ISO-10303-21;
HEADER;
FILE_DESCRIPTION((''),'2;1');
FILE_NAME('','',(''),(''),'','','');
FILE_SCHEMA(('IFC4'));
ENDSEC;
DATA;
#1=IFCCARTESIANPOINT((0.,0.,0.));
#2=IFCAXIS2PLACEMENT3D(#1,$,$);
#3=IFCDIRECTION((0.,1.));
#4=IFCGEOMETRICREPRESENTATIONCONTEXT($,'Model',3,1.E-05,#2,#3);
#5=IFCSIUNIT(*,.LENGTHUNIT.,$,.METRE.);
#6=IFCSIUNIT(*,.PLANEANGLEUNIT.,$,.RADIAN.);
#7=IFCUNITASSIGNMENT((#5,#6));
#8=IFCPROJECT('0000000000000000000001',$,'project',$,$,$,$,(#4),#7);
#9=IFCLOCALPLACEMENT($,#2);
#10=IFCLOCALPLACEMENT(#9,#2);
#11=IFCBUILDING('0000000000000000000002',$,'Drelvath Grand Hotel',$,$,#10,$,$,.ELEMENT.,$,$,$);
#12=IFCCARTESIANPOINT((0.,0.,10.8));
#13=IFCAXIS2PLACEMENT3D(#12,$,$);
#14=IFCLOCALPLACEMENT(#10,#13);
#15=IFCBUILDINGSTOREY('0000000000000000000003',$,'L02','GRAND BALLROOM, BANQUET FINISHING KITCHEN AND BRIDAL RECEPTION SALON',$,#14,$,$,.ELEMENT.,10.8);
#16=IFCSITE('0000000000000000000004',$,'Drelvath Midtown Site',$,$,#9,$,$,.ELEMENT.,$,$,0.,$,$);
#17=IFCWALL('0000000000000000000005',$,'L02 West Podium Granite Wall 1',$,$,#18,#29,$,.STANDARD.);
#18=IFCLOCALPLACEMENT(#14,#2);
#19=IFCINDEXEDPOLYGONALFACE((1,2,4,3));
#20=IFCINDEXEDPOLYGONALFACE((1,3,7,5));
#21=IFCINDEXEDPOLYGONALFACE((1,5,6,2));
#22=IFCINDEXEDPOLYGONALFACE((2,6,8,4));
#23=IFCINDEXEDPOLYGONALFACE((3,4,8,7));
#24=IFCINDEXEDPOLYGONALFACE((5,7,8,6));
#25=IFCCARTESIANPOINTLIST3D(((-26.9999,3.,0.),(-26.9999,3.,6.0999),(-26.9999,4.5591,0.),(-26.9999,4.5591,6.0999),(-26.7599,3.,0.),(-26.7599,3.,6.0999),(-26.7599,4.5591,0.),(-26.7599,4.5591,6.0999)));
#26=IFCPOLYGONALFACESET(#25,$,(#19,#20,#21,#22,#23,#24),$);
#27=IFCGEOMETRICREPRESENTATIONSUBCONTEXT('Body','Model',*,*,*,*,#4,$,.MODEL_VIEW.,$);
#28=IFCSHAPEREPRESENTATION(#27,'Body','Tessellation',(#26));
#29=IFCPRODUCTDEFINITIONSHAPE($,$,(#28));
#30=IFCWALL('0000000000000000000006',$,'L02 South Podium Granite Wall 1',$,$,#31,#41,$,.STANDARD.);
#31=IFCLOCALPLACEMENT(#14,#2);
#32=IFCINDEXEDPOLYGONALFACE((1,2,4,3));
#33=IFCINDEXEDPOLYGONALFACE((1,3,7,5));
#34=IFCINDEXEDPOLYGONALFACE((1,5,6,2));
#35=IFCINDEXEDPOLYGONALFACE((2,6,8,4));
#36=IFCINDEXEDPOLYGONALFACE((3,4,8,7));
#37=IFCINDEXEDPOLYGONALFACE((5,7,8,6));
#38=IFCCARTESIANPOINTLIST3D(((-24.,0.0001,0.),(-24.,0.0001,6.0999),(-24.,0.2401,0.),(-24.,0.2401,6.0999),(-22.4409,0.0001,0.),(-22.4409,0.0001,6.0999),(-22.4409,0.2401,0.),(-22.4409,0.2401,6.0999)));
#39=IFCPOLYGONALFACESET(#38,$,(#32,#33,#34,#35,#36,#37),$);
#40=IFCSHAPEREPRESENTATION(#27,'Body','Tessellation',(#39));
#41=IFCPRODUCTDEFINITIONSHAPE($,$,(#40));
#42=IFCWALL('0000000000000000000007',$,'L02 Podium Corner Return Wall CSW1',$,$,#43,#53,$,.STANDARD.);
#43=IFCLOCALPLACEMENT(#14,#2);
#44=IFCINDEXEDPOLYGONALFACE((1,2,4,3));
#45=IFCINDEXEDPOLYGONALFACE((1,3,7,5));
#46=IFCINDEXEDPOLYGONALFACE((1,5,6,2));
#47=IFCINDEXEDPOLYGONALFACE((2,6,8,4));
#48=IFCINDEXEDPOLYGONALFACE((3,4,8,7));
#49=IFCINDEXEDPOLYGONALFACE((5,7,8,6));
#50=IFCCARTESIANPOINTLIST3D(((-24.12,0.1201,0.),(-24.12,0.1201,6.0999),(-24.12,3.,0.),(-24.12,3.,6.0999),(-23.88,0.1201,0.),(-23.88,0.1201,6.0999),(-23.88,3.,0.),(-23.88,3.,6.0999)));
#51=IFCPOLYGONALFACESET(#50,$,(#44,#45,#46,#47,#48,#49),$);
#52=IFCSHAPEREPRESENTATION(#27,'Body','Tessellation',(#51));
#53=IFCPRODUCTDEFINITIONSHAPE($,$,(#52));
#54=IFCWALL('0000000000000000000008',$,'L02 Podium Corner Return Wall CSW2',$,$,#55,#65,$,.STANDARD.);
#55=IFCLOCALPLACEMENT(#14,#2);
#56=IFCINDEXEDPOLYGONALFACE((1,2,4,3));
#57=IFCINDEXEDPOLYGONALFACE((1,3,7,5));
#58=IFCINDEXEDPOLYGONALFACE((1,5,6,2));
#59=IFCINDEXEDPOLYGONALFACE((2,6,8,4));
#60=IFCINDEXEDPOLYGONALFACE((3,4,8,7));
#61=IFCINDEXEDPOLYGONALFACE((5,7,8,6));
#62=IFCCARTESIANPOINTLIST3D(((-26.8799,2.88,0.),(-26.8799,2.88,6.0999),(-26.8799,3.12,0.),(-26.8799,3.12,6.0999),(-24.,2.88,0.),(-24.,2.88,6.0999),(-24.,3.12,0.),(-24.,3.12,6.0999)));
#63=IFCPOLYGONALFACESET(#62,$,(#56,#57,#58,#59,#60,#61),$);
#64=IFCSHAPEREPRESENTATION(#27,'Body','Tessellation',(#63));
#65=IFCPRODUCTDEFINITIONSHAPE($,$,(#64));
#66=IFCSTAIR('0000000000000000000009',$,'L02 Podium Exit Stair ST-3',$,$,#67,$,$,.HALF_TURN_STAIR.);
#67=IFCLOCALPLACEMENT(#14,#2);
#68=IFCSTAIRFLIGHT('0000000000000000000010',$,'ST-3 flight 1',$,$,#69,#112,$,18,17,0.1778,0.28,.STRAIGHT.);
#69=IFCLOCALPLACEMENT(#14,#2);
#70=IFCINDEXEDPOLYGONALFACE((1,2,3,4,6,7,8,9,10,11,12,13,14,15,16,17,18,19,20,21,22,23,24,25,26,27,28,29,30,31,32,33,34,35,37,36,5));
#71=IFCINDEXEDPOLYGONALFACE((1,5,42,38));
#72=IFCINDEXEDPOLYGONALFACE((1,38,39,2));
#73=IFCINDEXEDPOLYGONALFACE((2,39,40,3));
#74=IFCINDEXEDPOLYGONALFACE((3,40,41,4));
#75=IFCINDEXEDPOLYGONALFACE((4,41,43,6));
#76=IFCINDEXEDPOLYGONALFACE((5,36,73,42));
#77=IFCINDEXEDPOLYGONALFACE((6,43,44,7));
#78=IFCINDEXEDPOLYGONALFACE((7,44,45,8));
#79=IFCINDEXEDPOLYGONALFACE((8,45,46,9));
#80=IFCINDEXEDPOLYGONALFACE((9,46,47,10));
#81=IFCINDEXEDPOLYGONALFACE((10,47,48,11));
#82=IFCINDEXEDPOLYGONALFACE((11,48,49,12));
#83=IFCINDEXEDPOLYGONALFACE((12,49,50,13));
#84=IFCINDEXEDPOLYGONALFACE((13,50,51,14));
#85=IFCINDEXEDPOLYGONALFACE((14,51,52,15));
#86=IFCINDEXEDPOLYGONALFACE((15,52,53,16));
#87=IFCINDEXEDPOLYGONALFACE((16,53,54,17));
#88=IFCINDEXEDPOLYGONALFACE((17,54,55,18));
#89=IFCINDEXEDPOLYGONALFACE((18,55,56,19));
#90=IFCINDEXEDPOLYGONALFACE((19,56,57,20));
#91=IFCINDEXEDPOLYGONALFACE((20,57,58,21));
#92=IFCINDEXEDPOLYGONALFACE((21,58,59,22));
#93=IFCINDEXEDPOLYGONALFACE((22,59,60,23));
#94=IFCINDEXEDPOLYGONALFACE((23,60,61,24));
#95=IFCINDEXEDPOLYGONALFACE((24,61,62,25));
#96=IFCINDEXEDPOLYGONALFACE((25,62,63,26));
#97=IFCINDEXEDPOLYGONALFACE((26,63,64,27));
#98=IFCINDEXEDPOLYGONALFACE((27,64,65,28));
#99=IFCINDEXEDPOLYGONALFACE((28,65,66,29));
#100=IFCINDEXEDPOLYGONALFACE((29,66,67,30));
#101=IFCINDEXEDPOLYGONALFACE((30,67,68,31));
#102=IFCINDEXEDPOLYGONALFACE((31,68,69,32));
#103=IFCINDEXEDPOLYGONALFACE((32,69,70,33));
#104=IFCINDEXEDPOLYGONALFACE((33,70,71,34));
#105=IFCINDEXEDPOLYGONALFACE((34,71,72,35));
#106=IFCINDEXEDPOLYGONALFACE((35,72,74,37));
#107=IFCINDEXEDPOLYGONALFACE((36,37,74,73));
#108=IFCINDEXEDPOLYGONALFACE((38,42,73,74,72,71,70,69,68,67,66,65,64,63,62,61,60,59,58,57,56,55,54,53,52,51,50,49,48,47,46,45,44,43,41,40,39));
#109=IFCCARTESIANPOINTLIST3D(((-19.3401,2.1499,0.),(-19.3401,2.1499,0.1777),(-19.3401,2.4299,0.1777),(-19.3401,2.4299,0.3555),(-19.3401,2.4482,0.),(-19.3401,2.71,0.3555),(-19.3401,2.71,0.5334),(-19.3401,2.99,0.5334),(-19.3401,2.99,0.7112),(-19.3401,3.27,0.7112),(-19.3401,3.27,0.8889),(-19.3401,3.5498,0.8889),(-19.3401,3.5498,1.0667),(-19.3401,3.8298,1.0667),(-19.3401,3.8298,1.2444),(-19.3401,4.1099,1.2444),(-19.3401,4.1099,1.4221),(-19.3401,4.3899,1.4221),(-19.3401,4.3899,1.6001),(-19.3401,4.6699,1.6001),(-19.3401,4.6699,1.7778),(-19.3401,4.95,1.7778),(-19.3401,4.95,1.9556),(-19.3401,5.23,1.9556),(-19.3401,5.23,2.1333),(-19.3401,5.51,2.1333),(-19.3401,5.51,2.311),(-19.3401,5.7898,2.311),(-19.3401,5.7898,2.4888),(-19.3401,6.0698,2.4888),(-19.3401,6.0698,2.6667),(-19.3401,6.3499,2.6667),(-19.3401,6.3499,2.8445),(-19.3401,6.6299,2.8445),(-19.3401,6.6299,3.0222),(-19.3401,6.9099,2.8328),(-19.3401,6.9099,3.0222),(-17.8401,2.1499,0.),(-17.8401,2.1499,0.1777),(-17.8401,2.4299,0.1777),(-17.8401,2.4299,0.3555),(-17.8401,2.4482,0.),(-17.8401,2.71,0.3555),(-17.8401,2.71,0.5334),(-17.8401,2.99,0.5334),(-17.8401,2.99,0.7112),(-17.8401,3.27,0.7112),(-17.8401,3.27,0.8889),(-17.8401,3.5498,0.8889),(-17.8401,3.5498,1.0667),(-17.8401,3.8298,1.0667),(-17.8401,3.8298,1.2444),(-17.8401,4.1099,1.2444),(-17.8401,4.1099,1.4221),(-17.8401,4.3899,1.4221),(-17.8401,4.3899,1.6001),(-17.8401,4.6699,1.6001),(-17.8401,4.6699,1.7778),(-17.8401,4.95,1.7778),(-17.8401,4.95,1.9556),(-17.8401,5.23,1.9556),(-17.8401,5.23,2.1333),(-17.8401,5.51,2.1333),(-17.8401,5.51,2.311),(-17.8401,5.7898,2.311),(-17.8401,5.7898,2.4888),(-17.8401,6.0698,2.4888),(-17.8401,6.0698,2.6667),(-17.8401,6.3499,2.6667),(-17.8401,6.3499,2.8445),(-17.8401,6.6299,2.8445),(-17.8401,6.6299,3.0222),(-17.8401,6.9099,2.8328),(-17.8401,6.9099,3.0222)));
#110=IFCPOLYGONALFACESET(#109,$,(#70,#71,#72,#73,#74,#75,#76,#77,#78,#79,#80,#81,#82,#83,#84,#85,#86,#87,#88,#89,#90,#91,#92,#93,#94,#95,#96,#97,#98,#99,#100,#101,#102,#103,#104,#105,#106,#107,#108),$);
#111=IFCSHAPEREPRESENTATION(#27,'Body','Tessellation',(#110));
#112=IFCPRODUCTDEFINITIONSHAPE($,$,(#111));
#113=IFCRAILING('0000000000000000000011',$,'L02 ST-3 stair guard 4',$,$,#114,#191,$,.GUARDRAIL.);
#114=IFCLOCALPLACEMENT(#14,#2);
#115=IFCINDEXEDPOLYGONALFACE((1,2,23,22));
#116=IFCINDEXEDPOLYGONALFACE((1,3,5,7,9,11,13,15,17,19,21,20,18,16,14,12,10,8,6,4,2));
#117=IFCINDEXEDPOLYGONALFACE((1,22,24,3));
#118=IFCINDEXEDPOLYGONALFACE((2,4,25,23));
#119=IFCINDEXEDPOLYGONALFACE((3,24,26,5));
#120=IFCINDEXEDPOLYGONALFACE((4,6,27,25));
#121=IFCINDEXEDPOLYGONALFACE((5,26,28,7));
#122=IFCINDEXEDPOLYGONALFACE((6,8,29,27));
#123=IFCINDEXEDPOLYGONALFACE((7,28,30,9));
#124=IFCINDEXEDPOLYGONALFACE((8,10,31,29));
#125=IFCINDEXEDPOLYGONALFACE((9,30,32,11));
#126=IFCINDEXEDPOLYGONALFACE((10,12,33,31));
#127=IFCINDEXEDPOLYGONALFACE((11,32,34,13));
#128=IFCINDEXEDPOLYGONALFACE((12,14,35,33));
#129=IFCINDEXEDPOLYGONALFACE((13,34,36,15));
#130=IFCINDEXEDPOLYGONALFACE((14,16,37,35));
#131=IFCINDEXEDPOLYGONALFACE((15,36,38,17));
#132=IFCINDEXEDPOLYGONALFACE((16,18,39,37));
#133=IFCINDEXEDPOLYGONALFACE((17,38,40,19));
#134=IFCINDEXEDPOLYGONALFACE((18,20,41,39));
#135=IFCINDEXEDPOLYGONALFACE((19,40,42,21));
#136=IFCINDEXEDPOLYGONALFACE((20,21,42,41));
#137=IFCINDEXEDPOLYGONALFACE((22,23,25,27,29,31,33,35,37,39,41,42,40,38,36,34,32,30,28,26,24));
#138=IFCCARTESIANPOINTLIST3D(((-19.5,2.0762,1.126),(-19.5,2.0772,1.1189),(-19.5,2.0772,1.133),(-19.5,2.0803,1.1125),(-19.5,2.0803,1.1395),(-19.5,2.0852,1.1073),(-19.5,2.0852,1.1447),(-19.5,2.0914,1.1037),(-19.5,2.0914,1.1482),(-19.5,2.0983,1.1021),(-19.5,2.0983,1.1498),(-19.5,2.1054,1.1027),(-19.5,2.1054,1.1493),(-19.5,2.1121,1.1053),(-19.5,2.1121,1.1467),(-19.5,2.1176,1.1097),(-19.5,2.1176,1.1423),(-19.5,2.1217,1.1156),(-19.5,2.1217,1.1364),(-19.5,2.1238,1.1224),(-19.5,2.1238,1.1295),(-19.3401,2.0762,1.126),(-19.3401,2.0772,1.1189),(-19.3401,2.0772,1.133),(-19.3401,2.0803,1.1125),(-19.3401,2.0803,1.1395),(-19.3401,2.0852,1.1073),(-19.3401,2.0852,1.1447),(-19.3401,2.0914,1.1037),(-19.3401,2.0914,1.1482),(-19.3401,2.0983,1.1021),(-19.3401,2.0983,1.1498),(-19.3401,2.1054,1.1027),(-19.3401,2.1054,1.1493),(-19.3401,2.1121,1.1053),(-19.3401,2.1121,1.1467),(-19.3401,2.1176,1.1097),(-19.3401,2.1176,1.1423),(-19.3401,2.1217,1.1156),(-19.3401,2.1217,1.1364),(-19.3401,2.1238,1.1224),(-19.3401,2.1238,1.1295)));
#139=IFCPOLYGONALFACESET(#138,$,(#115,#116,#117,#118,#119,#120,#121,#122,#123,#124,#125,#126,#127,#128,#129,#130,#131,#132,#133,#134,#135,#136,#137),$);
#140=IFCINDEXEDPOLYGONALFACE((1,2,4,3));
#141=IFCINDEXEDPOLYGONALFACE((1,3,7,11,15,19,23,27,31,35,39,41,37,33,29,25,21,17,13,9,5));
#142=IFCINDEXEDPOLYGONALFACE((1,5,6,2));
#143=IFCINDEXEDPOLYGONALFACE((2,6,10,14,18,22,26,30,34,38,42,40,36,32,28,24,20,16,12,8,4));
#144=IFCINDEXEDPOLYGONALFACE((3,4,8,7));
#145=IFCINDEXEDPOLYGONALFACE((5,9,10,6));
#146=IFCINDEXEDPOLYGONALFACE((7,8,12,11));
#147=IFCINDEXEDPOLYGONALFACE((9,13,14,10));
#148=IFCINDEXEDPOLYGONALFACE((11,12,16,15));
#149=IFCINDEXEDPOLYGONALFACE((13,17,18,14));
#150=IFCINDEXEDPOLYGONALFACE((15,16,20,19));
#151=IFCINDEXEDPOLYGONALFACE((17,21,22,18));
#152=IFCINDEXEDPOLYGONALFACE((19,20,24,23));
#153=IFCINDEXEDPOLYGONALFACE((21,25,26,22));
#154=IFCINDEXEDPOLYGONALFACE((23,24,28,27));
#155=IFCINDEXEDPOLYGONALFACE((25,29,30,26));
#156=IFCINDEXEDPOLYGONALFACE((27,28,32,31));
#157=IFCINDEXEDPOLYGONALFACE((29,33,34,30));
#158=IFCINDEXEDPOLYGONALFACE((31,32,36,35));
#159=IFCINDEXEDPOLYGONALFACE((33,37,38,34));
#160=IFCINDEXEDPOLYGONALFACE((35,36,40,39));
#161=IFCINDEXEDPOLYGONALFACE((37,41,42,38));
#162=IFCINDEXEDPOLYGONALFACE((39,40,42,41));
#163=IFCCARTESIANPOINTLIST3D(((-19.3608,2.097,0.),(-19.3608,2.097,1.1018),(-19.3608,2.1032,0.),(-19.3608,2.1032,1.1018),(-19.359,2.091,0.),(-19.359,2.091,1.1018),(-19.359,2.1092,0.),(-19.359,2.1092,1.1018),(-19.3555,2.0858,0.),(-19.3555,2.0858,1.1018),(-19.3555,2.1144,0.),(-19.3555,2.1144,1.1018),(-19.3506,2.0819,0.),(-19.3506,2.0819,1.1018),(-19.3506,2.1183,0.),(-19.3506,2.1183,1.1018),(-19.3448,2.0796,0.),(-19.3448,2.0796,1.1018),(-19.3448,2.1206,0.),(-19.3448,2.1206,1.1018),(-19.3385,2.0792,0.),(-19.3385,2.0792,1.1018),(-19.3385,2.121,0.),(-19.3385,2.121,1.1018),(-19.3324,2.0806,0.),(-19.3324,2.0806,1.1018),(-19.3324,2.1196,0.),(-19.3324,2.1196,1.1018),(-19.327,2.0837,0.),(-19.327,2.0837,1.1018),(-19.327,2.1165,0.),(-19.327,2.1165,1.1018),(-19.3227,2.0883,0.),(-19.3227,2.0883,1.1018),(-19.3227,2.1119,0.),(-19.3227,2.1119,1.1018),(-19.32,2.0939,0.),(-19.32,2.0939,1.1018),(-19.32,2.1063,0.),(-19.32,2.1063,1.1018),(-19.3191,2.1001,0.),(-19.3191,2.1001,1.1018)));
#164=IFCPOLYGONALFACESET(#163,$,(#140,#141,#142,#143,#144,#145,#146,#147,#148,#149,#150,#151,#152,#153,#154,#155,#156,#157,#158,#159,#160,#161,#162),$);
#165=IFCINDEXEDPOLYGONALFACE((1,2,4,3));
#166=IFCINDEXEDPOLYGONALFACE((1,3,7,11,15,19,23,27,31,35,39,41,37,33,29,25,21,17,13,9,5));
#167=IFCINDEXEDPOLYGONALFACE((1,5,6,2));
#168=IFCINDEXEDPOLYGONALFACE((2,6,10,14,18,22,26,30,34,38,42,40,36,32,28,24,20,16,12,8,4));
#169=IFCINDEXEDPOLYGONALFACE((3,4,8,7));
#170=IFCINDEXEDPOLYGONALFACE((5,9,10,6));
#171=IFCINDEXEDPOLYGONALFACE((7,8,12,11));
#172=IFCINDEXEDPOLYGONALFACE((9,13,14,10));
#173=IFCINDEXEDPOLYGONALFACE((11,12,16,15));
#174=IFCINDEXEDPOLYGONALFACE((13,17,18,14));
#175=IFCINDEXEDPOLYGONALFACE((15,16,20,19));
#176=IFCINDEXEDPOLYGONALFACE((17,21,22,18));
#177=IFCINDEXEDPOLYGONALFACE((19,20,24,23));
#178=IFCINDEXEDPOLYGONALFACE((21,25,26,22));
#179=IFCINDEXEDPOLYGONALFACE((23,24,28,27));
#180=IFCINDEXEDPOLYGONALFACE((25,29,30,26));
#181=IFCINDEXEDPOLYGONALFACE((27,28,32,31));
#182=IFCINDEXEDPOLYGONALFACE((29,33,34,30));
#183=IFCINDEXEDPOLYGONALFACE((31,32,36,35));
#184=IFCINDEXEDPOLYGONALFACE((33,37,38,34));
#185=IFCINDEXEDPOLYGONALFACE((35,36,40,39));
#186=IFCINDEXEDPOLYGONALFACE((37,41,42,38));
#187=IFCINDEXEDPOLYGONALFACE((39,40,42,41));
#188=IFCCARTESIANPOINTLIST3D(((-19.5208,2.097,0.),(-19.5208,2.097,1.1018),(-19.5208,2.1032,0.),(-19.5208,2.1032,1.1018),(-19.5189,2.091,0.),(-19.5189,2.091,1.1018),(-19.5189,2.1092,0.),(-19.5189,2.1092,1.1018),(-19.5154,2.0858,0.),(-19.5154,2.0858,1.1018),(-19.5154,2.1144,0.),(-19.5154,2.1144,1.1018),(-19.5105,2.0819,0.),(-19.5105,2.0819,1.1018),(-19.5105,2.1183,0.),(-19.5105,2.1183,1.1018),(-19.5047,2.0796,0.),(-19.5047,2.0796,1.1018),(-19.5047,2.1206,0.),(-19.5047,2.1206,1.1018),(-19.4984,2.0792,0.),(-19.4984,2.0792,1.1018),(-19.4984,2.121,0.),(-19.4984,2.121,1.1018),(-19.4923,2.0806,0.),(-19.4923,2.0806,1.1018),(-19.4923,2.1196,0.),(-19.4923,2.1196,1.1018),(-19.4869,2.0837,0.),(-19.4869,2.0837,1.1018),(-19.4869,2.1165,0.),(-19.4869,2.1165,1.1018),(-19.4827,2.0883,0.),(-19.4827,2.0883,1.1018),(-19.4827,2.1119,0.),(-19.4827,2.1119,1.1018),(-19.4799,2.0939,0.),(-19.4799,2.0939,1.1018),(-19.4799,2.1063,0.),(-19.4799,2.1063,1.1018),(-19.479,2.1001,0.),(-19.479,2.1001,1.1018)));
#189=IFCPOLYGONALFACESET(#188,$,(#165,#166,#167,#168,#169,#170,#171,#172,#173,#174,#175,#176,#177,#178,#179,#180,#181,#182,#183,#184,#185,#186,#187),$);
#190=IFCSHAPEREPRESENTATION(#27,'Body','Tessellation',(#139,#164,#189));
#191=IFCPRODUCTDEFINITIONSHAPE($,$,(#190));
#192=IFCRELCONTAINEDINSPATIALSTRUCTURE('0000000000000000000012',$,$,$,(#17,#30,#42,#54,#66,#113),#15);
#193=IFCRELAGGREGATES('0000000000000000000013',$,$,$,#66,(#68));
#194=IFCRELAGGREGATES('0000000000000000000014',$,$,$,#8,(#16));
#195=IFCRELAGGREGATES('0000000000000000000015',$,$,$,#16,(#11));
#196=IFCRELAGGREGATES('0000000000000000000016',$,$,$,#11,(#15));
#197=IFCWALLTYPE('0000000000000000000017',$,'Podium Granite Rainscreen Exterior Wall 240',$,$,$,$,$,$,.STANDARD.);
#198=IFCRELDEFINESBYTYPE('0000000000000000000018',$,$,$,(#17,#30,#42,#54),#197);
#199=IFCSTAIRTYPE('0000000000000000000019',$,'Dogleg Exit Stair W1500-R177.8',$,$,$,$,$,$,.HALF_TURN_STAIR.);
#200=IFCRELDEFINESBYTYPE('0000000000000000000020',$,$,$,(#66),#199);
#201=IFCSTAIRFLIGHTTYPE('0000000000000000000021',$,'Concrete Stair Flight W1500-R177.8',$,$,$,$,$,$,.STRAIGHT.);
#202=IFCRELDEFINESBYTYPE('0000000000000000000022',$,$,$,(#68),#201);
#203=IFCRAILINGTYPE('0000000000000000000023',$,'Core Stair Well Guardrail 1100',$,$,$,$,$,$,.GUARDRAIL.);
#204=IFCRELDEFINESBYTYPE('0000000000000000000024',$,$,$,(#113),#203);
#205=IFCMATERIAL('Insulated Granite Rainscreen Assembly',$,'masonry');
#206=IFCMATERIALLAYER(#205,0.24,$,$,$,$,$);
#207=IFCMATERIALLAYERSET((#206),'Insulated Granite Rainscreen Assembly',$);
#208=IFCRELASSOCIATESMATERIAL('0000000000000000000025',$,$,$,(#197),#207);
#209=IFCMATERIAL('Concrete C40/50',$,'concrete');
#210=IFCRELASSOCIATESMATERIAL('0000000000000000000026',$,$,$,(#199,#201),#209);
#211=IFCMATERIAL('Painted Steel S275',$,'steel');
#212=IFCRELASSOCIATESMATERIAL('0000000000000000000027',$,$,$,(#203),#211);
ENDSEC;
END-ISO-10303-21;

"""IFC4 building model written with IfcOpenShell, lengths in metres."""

from ifc_helpers import new_model, si_unit, direction, frame, frame_2d, origin, origin_2d, place, context, subcontext, project, spatial, polyline, rectangle, circle, outline, extrude, material, layer, layer_set, type_object, element, aggregate, save


model = new_model("IFC4")

# Units and contexts
model_context = context("Model", 3, precision=1e-05, world=origin(), true_north=direction((0.0, 1.0)))
body_context = subcontext(model_context, "Body", "Model", "MODEL_VIEW")
ifc_project = project(units=[si_unit("LENGTHUNIT", "METRE"), si_unit("PLANEANGLEUNIT", "RADIAN")], contexts=[model_context])

# Site, building, storey
site_placement = place(None, origin())
site = spatial("IfcSite", under=ifc_project, at=site_placement, Name="Drelvath Midtown Site", CompositionType="ELEMENT", RefElevation=0.0)
building_placement = place(site_placement, origin())
building = spatial("IfcBuilding", under=site, at=building_placement, Name="Drelvath Grand Hotel", CompositionType="ELEMENT")
storey_placement = place(building_placement, frame((0.0, 0.0, 10.8)))
storey = spatial("IfcBuildingStorey", under=building, at=storey_placement, Name="L02", Description="GRAND BALLROOM, BANQUET FINISHING KITCHEN AND BRIDAL RECEPTION SALON", CompositionType="ELEMENT", Elevation=10.8)

# Shared definitions
ifc_material_1 = material(Name="Concrete C40/50", Category="concrete")
ifc_material_2 = material(Name="Painted Steel S275", Category="steel")

# Walls
ifc_material_3 = material(Name="Insulated Granite Rainscreen Assembly", Category="masonry")
ifc_layer_1 = layer(ifc_material_3, 0.24)
ifc_layer_set_1 = layer_set([ifc_layer_1], Name="Insulated Granite Rainscreen Assembly")
wall_type_1 = type_object("IfcWallType", Name="Podium Granite Rainscreen Exterior Wall 240", PredefinedType="STANDARD", material=ifc_layer_set_1)
for number, where, z_axis, x_axis, name in (
    (1, (-26.8799, 3.0, 0.0), (0.0, 0.0, 1.0), (0.0, 1.0, 0.0), "L02 West Podium Granite Wall 1"),
    (2, (-22.4409, 0.1201, 0.0), (0.0, 0.0, 1.0), (-1.0, 0.0, 0.0), "L02 South Podium Granite Wall 1"),
):
    element("IfcWall", number, at=place(storey_placement, frame(where, z_axis=z_axis, x_axis=x_axis)), inside=storey, type_object=wall_type_1, Name=name, PredefinedType="STANDARD", context=body_context, shape_type="SweptSolid", body=[
        extrude(rectangle(XDim=1.5591, YDim=0.24, at=frame_2d((0.7795, 0.0))), origin(), (0.0, 0.0, 1.0), 6.0999),
    ])
for number, where, z_axis, x_axis, name in (
    (3, (-24.0, 0.1201, 0.0), (0.0, 0.0, 1.0), (0.0, 1.0, 0.0), "L02 Podium Corner Return Wall CSW1"),
    (4, (-24.0, 3.0, 0.0), (0.0, 0.0, 1.0), (-1.0, 0.0, 0.0), "L02 Podium Corner Return Wall CSW2"),
):
    element("IfcWall", number, at=place(storey_placement, frame(where, z_axis=z_axis, x_axis=x_axis)), inside=storey, type_object=wall_type_1, Name=name, PredefinedType="STANDARD", context=body_context, shape_type="SweptSolid", body=[
        extrude(rectangle(XDim=2.8799, YDim=0.24, at=frame_2d((1.4399, 0.0))), origin(), (0.0, 0.0, 1.0), 6.0999),
    ])

# Stair, stair flight
stair_type = type_object("IfcStairType", Name="Dogleg Exit Stair W1500-R177.8", PredefinedType="HALF_TURN_STAIR", material=ifc_material_1)
stair_placement = place(storey_placement, origin())
stair = element("IfcStair", 5, at=stair_placement, inside=storey, type_object=stair_type, Name="L02 Podium Exit Stair ST-3", PredefinedType="HALF_TURN_STAIR")
stair_flight_type = type_object("IfcStairFlightType", Name="Concrete Stair Flight W1500-R177.8", PredefinedType="STRAIGHT", material=ifc_material_1)
stair_flight_placement = place(storey_placement, frame((-18.5901, 2.1499, 0.0), z_axis=(0.0, 0.0, 1.0), x_axis=(0.0, 1.0, 0.0)))
stair_flight = element("IfcStairFlight", 6, at=stair_flight_placement, type_object=stair_flight_type, Name="ST-3 flight 1", NumberOfRisers=18, NumberOfTreads=17, PredefinedType="STRAIGHT", RiserHeight=0.1778, TreadLength=0.28, context=body_context, shape_type="SweptSolid", body=[
    extrude(outline(polyline([(0.0, 0.0), (0.0, 0.1777), (0.28, 0.1777), (0.28, 0.3555), (0.5601, 0.3555), (0.5601, 0.5334), (0.8401, 0.5334), (0.8401, 0.7112), (1.1201, 0.7112), (1.1201, 0.8889), (1.3999, 0.8889), (1.3999, 1.0667), (1.6799, 1.0667), (1.6799, 1.2444), (1.96, 1.2444), (1.96, 1.4221), (2.24, 1.4221), (2.24, 1.6001), (2.52, 1.6001), (2.52, 1.7778), (2.8, 1.7778), (2.8, 1.9556), (3.0801, 1.9556), (3.0801, 2.1333), (3.3601, 2.1333), (3.3601, 2.311), (3.6399, 2.311), (3.6399, 2.4888), (3.9199, 2.4888), (3.9199, 2.6667), (4.2, 2.6667), (4.2, 2.8445), (4.48, 2.8445), (4.48, 3.0222), (4.76, 3.0222), (4.76, 3.2), (4.76, 2.8328), (0.2983, 0.0), (0.0, 0.0)])), frame((0.0, 0.75, 0.0), z_axis=(0.0, -1.0, 0.0), x_axis=(1.0, 0.0, 0.0)), (0.0, 0.0, 1.0), 1.5),
])
aggregate(stair, [stair_flight])

# Railing
railing_type_1 = type_object("IfcRailingType", Name="Core Stair Well Guardrail 1100", PredefinedType="GUARDRAIL", material=ifc_material_2)
railing_1_placement = place(storey_placement, frame((-19.3401, 2.1001, 0.0)))
element("IfcRailing", 7, at=railing_1_placement, inside=storey, type_object=railing_type_1, Name="L02 ST-3 stair guard 4", PredefinedType="GUARDRAIL", context=body_context, shape_type="SweptSolid", body=[
    extrude(circle(Radius=0.0239, at=origin_2d()), frame((0.0, 0.0, 1.126), z_axis=(-1.0, 0.0, 0.0), x_axis=(0.0, -1.0, 0.0)), (0.0, 0.0, 1.0), 0.1599),
    extrude(circle(Radius=0.021, at=origin_2d()), origin(), (0.0, 0.0, 1.0), 1.1018),
    extrude(circle(Radius=0.021, at=origin_2d()), frame((-0.1599, 0.0, 0.0)), (0.0, 0.0, 1.0), 1.1018),
])

save(model, "model.ifc")
